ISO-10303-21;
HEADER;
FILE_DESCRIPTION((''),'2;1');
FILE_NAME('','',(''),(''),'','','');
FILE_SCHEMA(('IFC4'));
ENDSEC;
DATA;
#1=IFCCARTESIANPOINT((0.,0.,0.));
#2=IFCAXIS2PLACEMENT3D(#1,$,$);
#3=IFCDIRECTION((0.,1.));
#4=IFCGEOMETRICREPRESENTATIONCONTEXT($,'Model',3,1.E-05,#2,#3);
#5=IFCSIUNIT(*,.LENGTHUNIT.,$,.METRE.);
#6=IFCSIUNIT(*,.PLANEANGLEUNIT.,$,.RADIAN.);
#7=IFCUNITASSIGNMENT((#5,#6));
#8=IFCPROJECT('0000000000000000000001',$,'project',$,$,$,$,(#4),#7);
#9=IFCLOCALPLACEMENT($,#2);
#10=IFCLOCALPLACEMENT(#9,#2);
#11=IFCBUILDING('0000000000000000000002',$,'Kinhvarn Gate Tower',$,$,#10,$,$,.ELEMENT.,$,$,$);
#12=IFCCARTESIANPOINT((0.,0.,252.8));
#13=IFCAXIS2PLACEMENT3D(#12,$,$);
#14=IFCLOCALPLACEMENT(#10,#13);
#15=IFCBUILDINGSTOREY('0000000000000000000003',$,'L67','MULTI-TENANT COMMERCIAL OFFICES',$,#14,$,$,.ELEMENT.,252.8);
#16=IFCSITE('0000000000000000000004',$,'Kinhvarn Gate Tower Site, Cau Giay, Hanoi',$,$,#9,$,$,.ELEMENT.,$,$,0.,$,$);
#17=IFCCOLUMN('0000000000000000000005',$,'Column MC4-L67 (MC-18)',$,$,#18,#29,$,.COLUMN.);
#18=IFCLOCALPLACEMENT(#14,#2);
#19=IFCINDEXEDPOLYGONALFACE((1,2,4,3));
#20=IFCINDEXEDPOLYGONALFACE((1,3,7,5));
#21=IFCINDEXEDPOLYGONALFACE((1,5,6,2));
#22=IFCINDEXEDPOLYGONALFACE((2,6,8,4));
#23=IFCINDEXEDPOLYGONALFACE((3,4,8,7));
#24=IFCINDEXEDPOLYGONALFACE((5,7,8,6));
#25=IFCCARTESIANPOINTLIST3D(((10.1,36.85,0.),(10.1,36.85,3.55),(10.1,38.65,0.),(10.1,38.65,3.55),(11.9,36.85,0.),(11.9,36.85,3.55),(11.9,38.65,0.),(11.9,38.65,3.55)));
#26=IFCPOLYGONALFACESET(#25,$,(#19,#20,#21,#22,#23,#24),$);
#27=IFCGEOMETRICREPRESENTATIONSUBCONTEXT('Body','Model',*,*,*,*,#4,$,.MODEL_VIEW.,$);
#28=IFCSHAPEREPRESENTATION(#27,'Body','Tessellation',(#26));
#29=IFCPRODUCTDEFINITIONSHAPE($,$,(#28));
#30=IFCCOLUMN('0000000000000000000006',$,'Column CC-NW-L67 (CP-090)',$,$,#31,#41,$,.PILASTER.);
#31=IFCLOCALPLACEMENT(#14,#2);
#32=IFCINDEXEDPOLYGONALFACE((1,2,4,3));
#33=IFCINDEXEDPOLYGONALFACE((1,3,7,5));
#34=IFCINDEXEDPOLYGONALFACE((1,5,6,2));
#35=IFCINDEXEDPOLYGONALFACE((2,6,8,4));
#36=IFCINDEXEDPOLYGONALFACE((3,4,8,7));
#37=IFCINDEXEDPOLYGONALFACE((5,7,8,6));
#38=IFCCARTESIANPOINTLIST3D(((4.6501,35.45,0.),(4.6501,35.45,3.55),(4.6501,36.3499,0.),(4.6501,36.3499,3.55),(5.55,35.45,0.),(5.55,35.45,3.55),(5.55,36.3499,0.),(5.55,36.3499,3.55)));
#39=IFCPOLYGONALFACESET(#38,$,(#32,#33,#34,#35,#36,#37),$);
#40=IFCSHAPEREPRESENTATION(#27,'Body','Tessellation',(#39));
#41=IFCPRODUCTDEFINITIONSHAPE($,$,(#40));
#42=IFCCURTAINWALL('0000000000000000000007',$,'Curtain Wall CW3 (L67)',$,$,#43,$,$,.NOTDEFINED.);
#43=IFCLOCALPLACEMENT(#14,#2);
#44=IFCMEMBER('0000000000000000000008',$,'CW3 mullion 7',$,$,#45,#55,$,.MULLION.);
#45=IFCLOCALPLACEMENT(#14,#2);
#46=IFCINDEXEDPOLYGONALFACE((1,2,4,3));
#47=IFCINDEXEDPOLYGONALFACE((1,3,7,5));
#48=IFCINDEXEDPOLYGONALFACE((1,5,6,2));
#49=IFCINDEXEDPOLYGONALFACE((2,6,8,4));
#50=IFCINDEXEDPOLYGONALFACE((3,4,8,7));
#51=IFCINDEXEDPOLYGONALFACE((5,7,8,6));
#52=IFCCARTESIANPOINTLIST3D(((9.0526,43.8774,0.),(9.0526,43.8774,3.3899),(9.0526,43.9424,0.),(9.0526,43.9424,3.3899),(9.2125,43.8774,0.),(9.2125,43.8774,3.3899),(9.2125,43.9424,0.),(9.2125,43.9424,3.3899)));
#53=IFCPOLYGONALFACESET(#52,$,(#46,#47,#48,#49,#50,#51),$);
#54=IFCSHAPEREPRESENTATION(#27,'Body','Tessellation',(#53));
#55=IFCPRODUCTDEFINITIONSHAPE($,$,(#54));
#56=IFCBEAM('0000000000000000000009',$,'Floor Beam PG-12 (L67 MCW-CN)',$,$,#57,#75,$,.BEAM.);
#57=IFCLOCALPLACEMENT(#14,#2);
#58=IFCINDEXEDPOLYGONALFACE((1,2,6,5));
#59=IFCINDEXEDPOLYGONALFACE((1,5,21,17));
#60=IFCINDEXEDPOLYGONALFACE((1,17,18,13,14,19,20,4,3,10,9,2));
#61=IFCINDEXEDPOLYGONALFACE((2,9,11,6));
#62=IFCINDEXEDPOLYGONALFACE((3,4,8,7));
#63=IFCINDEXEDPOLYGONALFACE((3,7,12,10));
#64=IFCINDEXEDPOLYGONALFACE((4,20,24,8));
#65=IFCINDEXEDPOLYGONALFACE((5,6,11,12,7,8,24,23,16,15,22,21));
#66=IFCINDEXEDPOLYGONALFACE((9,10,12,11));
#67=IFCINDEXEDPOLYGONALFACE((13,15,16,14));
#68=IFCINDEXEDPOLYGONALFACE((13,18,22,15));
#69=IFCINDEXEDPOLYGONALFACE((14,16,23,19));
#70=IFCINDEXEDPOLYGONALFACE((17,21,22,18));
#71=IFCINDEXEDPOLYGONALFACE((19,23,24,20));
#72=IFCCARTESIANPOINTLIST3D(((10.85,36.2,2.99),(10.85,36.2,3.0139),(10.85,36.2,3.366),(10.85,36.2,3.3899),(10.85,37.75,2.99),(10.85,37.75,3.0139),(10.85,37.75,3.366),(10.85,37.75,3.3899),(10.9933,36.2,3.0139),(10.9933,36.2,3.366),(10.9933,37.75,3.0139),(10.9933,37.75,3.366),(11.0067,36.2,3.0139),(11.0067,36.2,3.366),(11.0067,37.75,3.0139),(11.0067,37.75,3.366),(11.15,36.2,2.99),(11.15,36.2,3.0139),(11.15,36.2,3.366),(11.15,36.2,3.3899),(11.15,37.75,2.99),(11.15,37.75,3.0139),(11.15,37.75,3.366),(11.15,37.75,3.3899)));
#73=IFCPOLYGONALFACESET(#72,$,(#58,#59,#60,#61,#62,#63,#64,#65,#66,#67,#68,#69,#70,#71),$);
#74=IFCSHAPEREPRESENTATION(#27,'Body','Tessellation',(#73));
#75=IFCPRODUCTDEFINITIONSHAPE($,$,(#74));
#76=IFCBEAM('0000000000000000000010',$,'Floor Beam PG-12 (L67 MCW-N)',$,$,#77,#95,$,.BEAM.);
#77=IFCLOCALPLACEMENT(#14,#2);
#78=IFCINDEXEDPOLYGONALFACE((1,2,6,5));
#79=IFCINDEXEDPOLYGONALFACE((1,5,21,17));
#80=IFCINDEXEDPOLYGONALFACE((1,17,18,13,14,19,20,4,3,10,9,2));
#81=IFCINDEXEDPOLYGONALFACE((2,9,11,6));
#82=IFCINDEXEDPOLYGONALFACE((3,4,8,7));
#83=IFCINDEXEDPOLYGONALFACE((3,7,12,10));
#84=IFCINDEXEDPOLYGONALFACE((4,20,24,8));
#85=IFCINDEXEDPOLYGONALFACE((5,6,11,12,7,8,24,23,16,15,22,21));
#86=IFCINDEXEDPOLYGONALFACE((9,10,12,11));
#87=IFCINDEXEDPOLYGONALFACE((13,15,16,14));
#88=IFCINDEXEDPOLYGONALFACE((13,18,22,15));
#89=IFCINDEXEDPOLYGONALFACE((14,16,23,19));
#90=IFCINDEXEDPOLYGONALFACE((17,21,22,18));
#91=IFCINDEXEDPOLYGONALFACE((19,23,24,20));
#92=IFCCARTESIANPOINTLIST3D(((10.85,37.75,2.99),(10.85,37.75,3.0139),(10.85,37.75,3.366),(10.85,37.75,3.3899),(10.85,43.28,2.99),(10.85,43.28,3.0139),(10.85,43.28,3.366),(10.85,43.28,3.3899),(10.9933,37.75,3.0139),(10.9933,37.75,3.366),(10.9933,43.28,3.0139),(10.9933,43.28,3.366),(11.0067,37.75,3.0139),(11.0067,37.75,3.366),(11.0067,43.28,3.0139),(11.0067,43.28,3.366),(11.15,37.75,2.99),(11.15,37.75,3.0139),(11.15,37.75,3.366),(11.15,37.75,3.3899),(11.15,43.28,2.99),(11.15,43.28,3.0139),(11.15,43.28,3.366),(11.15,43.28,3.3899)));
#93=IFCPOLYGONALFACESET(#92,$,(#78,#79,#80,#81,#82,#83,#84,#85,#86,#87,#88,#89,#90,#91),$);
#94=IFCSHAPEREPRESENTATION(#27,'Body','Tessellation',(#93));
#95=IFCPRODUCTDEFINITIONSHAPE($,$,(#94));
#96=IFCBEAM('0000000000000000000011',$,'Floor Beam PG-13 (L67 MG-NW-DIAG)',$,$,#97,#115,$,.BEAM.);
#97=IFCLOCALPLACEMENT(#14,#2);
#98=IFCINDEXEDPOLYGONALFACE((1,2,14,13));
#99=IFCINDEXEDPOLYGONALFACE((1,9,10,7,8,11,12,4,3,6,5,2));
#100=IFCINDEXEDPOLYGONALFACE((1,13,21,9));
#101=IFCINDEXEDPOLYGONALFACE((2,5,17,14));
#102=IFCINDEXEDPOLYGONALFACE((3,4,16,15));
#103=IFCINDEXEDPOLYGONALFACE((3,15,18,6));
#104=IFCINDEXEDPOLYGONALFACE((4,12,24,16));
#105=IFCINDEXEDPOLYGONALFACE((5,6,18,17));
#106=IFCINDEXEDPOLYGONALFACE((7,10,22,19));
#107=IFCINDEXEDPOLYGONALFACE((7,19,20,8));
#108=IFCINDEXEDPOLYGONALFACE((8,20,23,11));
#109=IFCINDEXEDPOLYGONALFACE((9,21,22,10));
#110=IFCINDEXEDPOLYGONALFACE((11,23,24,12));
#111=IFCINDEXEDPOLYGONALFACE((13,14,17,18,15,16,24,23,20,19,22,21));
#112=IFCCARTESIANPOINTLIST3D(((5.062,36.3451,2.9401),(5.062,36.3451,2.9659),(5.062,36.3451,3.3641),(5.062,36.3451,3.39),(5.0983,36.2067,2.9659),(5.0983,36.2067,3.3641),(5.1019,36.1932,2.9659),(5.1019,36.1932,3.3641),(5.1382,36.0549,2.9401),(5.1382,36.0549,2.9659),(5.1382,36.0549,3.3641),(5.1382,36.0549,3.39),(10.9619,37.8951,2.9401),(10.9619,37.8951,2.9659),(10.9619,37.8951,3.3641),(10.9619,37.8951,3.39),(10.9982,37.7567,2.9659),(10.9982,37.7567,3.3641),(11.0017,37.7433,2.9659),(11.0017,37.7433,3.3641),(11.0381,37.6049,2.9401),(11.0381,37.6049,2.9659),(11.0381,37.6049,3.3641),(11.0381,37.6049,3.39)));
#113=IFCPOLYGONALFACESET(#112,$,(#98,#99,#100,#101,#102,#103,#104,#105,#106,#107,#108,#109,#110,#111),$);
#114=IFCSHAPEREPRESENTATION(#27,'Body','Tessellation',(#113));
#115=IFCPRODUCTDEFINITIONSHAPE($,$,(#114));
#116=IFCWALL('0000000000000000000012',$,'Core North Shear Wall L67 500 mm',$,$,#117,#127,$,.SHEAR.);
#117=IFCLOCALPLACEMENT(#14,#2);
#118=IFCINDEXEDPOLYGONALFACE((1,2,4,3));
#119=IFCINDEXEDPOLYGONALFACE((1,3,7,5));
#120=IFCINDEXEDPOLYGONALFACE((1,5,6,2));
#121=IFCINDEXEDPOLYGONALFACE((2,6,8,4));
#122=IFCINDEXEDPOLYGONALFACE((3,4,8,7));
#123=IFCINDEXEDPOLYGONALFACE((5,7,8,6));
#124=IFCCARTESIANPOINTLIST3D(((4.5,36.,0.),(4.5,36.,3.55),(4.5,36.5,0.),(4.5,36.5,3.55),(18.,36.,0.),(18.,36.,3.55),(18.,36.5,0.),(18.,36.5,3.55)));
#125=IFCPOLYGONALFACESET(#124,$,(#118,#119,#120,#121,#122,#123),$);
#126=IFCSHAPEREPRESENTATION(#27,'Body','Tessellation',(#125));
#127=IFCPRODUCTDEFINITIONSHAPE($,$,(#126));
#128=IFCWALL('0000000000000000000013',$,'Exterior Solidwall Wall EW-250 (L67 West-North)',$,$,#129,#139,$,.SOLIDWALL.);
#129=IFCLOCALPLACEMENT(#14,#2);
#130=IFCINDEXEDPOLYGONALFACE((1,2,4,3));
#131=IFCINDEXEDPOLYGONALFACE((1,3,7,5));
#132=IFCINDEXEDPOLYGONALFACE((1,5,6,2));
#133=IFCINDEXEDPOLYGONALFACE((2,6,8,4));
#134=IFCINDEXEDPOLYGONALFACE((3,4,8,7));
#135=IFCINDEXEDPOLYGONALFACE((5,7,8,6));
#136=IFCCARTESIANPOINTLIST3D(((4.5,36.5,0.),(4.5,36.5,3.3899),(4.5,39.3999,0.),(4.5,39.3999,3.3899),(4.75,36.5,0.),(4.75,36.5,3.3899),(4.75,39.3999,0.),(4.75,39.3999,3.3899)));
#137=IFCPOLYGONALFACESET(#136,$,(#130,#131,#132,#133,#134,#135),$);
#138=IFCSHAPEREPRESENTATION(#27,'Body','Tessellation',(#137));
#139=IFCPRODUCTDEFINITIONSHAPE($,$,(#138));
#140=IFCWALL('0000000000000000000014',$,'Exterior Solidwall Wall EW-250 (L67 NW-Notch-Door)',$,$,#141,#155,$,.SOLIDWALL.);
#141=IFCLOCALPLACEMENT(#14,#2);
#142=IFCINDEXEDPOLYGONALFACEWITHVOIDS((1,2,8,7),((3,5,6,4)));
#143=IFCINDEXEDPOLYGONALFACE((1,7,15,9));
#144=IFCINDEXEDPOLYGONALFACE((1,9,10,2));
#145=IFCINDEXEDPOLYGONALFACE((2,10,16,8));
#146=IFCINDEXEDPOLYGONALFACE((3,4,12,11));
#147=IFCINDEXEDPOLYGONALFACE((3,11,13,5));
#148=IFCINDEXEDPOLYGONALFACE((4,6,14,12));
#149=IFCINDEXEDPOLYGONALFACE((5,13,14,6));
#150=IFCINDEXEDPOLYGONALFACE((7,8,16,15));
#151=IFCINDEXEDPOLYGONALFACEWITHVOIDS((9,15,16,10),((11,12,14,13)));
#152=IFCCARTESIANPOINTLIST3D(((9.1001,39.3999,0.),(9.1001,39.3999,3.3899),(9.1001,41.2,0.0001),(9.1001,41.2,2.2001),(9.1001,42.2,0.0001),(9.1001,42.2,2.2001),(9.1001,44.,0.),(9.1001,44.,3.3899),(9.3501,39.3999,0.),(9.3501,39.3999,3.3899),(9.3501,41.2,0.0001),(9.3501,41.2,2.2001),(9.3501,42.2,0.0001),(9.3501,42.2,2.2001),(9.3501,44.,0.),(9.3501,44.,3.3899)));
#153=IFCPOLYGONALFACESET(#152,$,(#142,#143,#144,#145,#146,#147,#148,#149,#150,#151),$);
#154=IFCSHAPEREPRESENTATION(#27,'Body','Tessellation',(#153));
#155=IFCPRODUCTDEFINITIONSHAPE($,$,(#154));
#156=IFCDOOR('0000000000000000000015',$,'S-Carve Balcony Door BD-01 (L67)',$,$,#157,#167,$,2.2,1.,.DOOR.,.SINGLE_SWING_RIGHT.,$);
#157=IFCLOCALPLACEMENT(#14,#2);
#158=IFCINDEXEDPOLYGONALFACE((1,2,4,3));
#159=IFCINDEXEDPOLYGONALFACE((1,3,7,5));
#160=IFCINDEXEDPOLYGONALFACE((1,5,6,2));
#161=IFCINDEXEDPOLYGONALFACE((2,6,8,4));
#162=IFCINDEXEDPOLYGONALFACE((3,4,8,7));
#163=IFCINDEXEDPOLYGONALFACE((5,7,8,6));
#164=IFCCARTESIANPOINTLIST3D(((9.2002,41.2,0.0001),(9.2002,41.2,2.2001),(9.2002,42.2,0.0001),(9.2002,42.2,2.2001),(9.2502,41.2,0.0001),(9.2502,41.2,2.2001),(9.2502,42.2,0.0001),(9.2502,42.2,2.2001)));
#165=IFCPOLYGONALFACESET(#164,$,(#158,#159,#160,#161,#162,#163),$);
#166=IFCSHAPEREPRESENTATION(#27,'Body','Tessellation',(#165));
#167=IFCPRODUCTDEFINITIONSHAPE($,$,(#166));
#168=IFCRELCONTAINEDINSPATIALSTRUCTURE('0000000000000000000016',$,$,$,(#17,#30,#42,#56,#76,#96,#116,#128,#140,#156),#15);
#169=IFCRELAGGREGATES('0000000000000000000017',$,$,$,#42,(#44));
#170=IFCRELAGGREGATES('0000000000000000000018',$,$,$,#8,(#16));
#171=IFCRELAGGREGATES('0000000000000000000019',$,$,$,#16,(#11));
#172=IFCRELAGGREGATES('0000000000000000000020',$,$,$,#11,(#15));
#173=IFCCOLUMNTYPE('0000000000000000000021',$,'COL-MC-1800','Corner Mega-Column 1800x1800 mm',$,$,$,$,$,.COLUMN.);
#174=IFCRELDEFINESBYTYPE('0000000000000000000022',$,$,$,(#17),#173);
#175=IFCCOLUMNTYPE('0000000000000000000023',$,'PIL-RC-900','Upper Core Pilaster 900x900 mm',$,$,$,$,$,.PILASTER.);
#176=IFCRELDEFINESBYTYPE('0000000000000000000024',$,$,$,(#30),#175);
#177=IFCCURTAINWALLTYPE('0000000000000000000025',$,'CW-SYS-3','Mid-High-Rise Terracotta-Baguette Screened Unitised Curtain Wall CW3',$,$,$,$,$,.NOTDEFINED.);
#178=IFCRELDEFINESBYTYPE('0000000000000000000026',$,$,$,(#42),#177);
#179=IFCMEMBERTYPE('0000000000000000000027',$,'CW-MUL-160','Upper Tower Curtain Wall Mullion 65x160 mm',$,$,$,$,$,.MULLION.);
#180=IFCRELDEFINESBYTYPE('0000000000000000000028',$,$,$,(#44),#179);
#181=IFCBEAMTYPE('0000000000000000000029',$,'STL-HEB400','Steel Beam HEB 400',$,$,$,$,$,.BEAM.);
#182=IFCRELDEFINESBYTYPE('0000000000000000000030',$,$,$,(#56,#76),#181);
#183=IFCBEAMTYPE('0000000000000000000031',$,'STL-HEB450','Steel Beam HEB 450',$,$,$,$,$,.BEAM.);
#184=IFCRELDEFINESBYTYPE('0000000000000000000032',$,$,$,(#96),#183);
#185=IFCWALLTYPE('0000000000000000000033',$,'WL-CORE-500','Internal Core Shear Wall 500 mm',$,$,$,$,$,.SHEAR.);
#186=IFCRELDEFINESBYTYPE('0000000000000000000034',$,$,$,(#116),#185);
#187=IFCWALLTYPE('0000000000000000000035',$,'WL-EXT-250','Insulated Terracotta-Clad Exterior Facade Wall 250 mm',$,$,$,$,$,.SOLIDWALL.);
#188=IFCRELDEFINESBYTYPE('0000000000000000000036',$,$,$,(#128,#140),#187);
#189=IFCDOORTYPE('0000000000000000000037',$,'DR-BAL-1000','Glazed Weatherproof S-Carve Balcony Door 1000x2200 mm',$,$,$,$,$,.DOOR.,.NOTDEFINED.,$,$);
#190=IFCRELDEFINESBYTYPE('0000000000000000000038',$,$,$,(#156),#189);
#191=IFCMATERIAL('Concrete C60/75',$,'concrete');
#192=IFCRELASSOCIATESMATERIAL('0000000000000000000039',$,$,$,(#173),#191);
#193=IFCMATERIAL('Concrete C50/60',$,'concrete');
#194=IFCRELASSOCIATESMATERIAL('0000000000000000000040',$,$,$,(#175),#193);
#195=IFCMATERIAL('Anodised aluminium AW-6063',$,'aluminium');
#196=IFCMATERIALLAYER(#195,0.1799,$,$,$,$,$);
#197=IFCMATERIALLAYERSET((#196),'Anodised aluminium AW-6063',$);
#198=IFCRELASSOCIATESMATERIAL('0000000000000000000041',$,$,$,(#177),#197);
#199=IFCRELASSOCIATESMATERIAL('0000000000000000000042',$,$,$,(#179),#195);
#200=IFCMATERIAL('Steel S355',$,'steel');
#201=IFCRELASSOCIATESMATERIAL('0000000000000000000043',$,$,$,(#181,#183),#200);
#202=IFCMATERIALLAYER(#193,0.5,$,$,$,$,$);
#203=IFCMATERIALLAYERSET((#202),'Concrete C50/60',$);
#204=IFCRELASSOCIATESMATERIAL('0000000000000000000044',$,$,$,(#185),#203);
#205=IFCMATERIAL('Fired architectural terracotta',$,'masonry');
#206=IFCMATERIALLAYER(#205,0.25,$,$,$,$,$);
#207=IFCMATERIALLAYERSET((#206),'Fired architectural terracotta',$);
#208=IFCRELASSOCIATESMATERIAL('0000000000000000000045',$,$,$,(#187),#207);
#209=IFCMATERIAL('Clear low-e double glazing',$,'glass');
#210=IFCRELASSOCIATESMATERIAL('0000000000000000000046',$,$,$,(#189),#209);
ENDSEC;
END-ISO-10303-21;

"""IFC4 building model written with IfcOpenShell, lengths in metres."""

from ifc_helpers import new_model, si_unit, direction, frame, frame_2d, origin, origin_2d, place, context, subcontext, project, spatial, rectangle, i_section, extrude, material, layer, layer_set, material_profile, profile_set, type_object, element, fill, aggregate, save


model = new_model("IFC4")

# Units and contexts
model_context = context("Model", 3, precision=1e-05, world=origin(), true_north=direction((0.0, 1.0)))
body_context = subcontext(model_context, "Body", "Model", "MODEL_VIEW")
ifc_project = project(units=[si_unit("LENGTHUNIT", "METRE"), si_unit("PLANEANGLEUNIT", "RADIAN")], contexts=[model_context])

# Site, building, storey
site_placement = place(None, origin())
site = spatial("IfcSite", under=ifc_project, at=site_placement, Name="Kinhvarn Gate Tower Site, Cau Giay, Hanoi", CompositionType="ELEMENT", RefElevation=0.0)
building_placement = place(site_placement, origin())
building = spatial("IfcBuilding", under=site, at=building_placement, Name="Kinhvarn Gate Tower", CompositionType="ELEMENT")
storey_placement = place(building_placement, frame((0.0, 0.0, 252.8)))
storey = spatial("IfcBuildingStorey", under=building, at=storey_placement, Name="L67", Description="MULTI-TENANT COMMERCIAL OFFICES", CompositionType="ELEMENT", Elevation=252.8)

# Columns
ifc_material_1 = material(Name="Concrete C60/75", Category="concrete")
ifc_material_profile_1 = material_profile(ifc_material_1, rectangle(XDim=1.8, YDim=1.8, at=origin_2d()), Name="RC 1800x1800")
ifc_profile_set_1 = profile_set([ifc_material_profile_1], Name="Concrete C60/75")
column_type_1 = type_object("IfcColumnType", Name="COL-MC-1800", Description="Corner Mega-Column 1800x1800 mm", PredefinedType="COLUMN", material=ifc_profile_set_1)
column_1_placement = place(storey_placement, frame((11.0, 37.75, 0.0), z_axis=(0.0, 0.0, 1.0), x_axis=(1.0, 0.0, 0.0)))
element("IfcColumn", 1, at=column_1_placement, inside=storey, type_object=column_type_1, Name="Column MC4-L67 (MC-18)", PredefinedType="COLUMN", context=body_context, shape_type="SweptSolid", body=[
    extrude(rectangle(XDim=1.8, YDim=1.8, at=origin_2d()), origin(), (0.0, 0.0, 1.0), 3.55),
])
ifc_material_2 = material(Name="Concrete C50/60", Category="concrete")
ifc_material_profile_2 = material_profile(ifc_material_2, rectangle(XDim=0.8999, YDim=0.8999, at=origin_2d()), Name="RC 900x900")
ifc_profile_set_2 = profile_set([ifc_material_profile_2], Name="Concrete C50/60")
column_type_2 = type_object("IfcColumnType", Name="PIL-RC-900", Description="Upper Core Pilaster 900x900 mm", PredefinedType="PILASTER", material=ifc_profile_set_2)
column_2_placement = place(storey_placement, frame((5.1001, 35.8999, 0.0), z_axis=(0.0, 0.0, 1.0), x_axis=(1.0, 0.0, 0.0)))
element("IfcColumn", 2, at=column_2_placement, inside=storey, type_object=column_type_2, Name="Column CC-NW-L67 (CP-090)", PredefinedType="PILASTER", context=body_context, shape_type="SweptSolid", body=[
    extrude(rectangle(XDim=0.8999, YDim=0.8999, at=origin_2d()), origin(), (0.0, 0.0, 1.0), 3.55),
])

# Curtain wall, member
ifc_material_3 = material(Name="Anodised aluminium AW-6063", Category="aluminium")
ifc_layer_1 = layer(ifc_material_3, 0.1799)
ifc_layer_set_1 = layer_set([ifc_layer_1], Name="Anodised aluminium AW-6063")
curtain_wall_type = type_object("IfcCurtainWallType", Name="CW-SYS-3", Description="Mid-High-Rise Terracotta-Baguette Screened Unitised Curtain Wall CW3", PredefinedType="NOTDEFINED", material=ifc_layer_set_1)
curtain_wall_placement = place(storey_placement, origin())
curtain_wall = element("IfcCurtainWall", 3, at=curtain_wall_placement, inside=storey, type_object=curtain_wall_type, Name="Curtain Wall CW3 (L67)", PredefinedType="NOTDEFINED")
ifc_material_profile_3 = material_profile(ifc_material_3, rectangle(XDim=0.0649, YDim=0.1599, at=origin_2d()), Name="ALU 65x160")
ifc_profile_set_3 = profile_set([ifc_material_profile_3], Name="Anodised aluminium AW-6063")
member_type = type_object("IfcMemberType", Name="CW-MUL-160", Description="Upper Tower Curtain Wall Mullion 65x160 mm", PredefinedType="MULLION", material=ifc_profile_set_3)
member_placement = place(storey_placement, frame((9.1326, 43.9099, 0.0), z_axis=(0.0, 0.0, 1.0), x_axis=(0.0, -1.0, 0.0)))
member = element("IfcMember", 4, at=member_placement, type_object=member_type, Name="CW3 mullion 7", PredefinedType="MULLION", context=body_context, shape_type="SweptSolid", body=[
    extrude(rectangle(XDim=0.0649, YDim=0.1599, at=origin_2d()), origin(), (0.0, 0.0, 1.0), 3.3899),
])
aggregate(curtain_wall, [member])

# Beams
ifc_material_4 = material(Name="Steel S355", Category="steel")
ifc_material_profile_4 = material_profile(ifc_material_4, i_section(OverallWidth=0.3, OverallDepth=0.3999, WebThickness=0.0134, FlangeThickness=0.0239, at=origin_2d()), Name="HEB 400")
ifc_profile_set_4 = profile_set([ifc_material_profile_4], Name="Steel S355")
beam_type_1 = type_object("IfcBeamType", Name="STL-HEB400", Description="Steel Beam HEB 400", PredefinedType="BEAM", material=ifc_profile_set_4)
beam_1_placement = place(storey_placement, frame((11.0, 36.2, 3.1899), z_axis=(0.0, 1.0, 0.0), x_axis=(-1.0, 0.0, 0.0)))
element("IfcBeam", 5, at=beam_1_placement, inside=storey, type_object=beam_type_1, Name="Floor Beam PG-12 (L67 MCW-CN)", PredefinedType="BEAM", context=body_context, shape_type="SweptSolid", body=[
    extrude(i_section(OverallWidth=0.3, OverallDepth=0.3999, WebThickness=0.0134, FlangeThickness=0.0239, at=origin_2d()), origin(), (0.0, 0.0, 1.0), 1.55),
])
beam_2_placement = place(storey_placement, frame((11.0, 37.75, 3.1899), z_axis=(0.0, 1.0, 0.0), x_axis=(-1.0, 0.0, 0.0)))
element("IfcBeam", 6, at=beam_2_placement, inside=storey, type_object=beam_type_1, Name="Floor Beam PG-12 (L67 MCW-N)", PredefinedType="BEAM", context=body_context, shape_type="SweptSolid", body=[
    extrude(i_section(OverallWidth=0.3, OverallDepth=0.3999, WebThickness=0.0134, FlangeThickness=0.0239, at=origin_2d()), origin(), (0.0, 0.0, 1.0), 5.53),
])
ifc_material_profile_5 = material_profile(ifc_material_4, i_section(OverallWidth=0.3, OverallDepth=0.45, WebThickness=0.0139, FlangeThickness=0.0259, at=origin_2d()), Name="HEB 450")
ifc_profile_set_5 = profile_set([ifc_material_profile_5], Name="Steel S355")
beam_type_2 = type_object("IfcBeamType", Name="STL-HEB450", Description="Steel Beam HEB 450", PredefinedType="BEAM", material=ifc_profile_set_5)
beam_3_placement = place(storey_placement, frame((5.1001, 36.2, 3.165), z_axis=(0.967178, 0.254101, 0.0), x_axis=(-0.254101, 0.967178, 0.0)))
element("IfcBeam", 7, at=beam_3_placement, inside=storey, type_object=beam_type_2, Name="Floor Beam PG-13 (L67 MG-NW-DIAG)", PredefinedType="BEAM", context=body_context, shape_type="SweptSolid", body=[
    extrude(i_section(OverallWidth=0.3, OverallDepth=0.45, WebThickness=0.0139, FlangeThickness=0.0259, at=origin_2d()), origin(), (0.0, 0.0, 1.0), 6.1001),
])

# Walls
ifc_layer_2 = layer(ifc_material_2, 0.5)
ifc_layer_set_2 = layer_set([ifc_layer_2], Name="Concrete C50/60")
wall_type_1 = type_object("IfcWallType", Name="WL-CORE-500", Description="Internal Core Shear Wall 500 mm", PredefinedType="SHEAR", material=ifc_layer_set_2)
wall_1_placement = place(storey_placement, frame((4.5, 36.25, 0.0), z_axis=(0.0, 0.0, 1.0), x_axis=(1.0, 0.0, 0.0)))
element("IfcWall", 8, at=wall_1_placement, inside=storey, type_object=wall_type_1, Name="Core North Shear Wall L67 500 mm", PredefinedType="SHEAR", context=body_context, shape_type="SweptSolid", body=[
    extrude(rectangle(XDim=13.5, YDim=0.5, at=frame_2d((6.75, 0.0))), origin(), (0.0, 0.0, 1.0), 3.55),
])
ifc_material_5 = material(Name="Fired architectural terracotta", Category="masonry")
ifc_layer_3 = layer(ifc_material_5, 0.25)
ifc_layer_set_3 = layer_set([ifc_layer_3], Name="Fired architectural terracotta")
wall_type_2 = type_object("IfcWallType", Name="WL-EXT-250", Description="Insulated Terracotta-Clad Exterior Facade Wall 250 mm", PredefinedType="SOLIDWALL", material=ifc_layer_set_3)
wall_2_placement = place(storey_placement, frame((4.625, 39.3999, 0.0), z_axis=(0.0, 0.0, 1.0), x_axis=(0.0, -1.0, 0.0)))
element("IfcWall", 9, at=wall_2_placement, inside=storey, type_object=wall_type_2, Name="Exterior Solidwall Wall EW-250 (L67 West-North)", PredefinedType="SOLIDWALL", context=body_context, shape_type="SweptSolid", body=[
    extrude(rectangle(XDim=2.8999, YDim=0.25, at=frame_2d((1.45, 0.0))), origin(), (0.0, 0.0, 1.0), 3.3899),
])

# Wall, opening, door
wall_3_placement = place(storey_placement, frame((9.2251, 44.0, 0.0), z_axis=(0.0, 0.0, 1.0), x_axis=(0.0, -1.0, 0.0)))
wall_3 = element("IfcWall", 10, at=wall_3_placement, inside=storey, type_object=wall_type_2, Name="Exterior Solidwall Wall EW-250 (L67 NW-Notch-Door)", PredefinedType="SOLIDWALL", context=body_context, shape_type="SweptSolid", body=[
    extrude(rectangle(XDim=4.6001, YDim=0.25, at=frame_2d((2.3, 0.0))), origin(), (0.0, 0.0, 1.0), 3.3899),
])
opening_1_placement = place(wall_3_placement, frame((1.8, 0.0, 0.0)))
opening_1 = element("IfcOpeningElement", 11, at=opening_1_placement, cuts=wall_3, PredefinedType="OPENING", context=body_context, shape_type="SweptSolid", body=[
    extrude(rectangle(XDim=1.0, YDim=2.2, at=frame_2d((0.5, 1.1001))), frame((0.0, 0.135, 0.0), z_axis=(0.0, -1.0, 0.0), x_axis=(1.0, 0.0, 0.0)), (0.0, 0.0, 1.0), 0.27),
])
ifc_material_6 = material(Name="Clear low-e double glazing", Category="glass")
door_type = type_object("IfcDoorType", Name="DR-BAL-1000", Description="Glazed Weatherproof S-Carve Balcony Door 1000x2200 mm", OperationType="NOTDEFINED", PredefinedType="DOOR", material=ifc_material_6)
door_placement = place(opening_1_placement, frame((1.0, 0.0, 0.0), z_axis=(0.0, 0.0, 1.0), x_axis=(-1.0, 0.0, 0.0)))
door = element("IfcDoor", 12, at=door_placement, inside=storey, type_object=door_type, Name="S-Carve Balcony Door BD-01 (L67)", OperationType="SINGLE_SWING_RIGHT", OverallHeight=2.2, OverallWidth=1.0, PredefinedType="DOOR", context=body_context, shape_type="SweptSolid", body=[
    extrude(rectangle(XDim=1.0, YDim=2.2, at=frame_2d((0.5, 1.1001))), frame((0.0, 0.0249, 0.0), z_axis=(0.0, -1.0, 0.0), x_axis=(1.0, 0.0, 0.0)), (0.0, 0.0, 1.0), 0.05),
])
fill(opening_1, door)

save(model, "model.ifc")
